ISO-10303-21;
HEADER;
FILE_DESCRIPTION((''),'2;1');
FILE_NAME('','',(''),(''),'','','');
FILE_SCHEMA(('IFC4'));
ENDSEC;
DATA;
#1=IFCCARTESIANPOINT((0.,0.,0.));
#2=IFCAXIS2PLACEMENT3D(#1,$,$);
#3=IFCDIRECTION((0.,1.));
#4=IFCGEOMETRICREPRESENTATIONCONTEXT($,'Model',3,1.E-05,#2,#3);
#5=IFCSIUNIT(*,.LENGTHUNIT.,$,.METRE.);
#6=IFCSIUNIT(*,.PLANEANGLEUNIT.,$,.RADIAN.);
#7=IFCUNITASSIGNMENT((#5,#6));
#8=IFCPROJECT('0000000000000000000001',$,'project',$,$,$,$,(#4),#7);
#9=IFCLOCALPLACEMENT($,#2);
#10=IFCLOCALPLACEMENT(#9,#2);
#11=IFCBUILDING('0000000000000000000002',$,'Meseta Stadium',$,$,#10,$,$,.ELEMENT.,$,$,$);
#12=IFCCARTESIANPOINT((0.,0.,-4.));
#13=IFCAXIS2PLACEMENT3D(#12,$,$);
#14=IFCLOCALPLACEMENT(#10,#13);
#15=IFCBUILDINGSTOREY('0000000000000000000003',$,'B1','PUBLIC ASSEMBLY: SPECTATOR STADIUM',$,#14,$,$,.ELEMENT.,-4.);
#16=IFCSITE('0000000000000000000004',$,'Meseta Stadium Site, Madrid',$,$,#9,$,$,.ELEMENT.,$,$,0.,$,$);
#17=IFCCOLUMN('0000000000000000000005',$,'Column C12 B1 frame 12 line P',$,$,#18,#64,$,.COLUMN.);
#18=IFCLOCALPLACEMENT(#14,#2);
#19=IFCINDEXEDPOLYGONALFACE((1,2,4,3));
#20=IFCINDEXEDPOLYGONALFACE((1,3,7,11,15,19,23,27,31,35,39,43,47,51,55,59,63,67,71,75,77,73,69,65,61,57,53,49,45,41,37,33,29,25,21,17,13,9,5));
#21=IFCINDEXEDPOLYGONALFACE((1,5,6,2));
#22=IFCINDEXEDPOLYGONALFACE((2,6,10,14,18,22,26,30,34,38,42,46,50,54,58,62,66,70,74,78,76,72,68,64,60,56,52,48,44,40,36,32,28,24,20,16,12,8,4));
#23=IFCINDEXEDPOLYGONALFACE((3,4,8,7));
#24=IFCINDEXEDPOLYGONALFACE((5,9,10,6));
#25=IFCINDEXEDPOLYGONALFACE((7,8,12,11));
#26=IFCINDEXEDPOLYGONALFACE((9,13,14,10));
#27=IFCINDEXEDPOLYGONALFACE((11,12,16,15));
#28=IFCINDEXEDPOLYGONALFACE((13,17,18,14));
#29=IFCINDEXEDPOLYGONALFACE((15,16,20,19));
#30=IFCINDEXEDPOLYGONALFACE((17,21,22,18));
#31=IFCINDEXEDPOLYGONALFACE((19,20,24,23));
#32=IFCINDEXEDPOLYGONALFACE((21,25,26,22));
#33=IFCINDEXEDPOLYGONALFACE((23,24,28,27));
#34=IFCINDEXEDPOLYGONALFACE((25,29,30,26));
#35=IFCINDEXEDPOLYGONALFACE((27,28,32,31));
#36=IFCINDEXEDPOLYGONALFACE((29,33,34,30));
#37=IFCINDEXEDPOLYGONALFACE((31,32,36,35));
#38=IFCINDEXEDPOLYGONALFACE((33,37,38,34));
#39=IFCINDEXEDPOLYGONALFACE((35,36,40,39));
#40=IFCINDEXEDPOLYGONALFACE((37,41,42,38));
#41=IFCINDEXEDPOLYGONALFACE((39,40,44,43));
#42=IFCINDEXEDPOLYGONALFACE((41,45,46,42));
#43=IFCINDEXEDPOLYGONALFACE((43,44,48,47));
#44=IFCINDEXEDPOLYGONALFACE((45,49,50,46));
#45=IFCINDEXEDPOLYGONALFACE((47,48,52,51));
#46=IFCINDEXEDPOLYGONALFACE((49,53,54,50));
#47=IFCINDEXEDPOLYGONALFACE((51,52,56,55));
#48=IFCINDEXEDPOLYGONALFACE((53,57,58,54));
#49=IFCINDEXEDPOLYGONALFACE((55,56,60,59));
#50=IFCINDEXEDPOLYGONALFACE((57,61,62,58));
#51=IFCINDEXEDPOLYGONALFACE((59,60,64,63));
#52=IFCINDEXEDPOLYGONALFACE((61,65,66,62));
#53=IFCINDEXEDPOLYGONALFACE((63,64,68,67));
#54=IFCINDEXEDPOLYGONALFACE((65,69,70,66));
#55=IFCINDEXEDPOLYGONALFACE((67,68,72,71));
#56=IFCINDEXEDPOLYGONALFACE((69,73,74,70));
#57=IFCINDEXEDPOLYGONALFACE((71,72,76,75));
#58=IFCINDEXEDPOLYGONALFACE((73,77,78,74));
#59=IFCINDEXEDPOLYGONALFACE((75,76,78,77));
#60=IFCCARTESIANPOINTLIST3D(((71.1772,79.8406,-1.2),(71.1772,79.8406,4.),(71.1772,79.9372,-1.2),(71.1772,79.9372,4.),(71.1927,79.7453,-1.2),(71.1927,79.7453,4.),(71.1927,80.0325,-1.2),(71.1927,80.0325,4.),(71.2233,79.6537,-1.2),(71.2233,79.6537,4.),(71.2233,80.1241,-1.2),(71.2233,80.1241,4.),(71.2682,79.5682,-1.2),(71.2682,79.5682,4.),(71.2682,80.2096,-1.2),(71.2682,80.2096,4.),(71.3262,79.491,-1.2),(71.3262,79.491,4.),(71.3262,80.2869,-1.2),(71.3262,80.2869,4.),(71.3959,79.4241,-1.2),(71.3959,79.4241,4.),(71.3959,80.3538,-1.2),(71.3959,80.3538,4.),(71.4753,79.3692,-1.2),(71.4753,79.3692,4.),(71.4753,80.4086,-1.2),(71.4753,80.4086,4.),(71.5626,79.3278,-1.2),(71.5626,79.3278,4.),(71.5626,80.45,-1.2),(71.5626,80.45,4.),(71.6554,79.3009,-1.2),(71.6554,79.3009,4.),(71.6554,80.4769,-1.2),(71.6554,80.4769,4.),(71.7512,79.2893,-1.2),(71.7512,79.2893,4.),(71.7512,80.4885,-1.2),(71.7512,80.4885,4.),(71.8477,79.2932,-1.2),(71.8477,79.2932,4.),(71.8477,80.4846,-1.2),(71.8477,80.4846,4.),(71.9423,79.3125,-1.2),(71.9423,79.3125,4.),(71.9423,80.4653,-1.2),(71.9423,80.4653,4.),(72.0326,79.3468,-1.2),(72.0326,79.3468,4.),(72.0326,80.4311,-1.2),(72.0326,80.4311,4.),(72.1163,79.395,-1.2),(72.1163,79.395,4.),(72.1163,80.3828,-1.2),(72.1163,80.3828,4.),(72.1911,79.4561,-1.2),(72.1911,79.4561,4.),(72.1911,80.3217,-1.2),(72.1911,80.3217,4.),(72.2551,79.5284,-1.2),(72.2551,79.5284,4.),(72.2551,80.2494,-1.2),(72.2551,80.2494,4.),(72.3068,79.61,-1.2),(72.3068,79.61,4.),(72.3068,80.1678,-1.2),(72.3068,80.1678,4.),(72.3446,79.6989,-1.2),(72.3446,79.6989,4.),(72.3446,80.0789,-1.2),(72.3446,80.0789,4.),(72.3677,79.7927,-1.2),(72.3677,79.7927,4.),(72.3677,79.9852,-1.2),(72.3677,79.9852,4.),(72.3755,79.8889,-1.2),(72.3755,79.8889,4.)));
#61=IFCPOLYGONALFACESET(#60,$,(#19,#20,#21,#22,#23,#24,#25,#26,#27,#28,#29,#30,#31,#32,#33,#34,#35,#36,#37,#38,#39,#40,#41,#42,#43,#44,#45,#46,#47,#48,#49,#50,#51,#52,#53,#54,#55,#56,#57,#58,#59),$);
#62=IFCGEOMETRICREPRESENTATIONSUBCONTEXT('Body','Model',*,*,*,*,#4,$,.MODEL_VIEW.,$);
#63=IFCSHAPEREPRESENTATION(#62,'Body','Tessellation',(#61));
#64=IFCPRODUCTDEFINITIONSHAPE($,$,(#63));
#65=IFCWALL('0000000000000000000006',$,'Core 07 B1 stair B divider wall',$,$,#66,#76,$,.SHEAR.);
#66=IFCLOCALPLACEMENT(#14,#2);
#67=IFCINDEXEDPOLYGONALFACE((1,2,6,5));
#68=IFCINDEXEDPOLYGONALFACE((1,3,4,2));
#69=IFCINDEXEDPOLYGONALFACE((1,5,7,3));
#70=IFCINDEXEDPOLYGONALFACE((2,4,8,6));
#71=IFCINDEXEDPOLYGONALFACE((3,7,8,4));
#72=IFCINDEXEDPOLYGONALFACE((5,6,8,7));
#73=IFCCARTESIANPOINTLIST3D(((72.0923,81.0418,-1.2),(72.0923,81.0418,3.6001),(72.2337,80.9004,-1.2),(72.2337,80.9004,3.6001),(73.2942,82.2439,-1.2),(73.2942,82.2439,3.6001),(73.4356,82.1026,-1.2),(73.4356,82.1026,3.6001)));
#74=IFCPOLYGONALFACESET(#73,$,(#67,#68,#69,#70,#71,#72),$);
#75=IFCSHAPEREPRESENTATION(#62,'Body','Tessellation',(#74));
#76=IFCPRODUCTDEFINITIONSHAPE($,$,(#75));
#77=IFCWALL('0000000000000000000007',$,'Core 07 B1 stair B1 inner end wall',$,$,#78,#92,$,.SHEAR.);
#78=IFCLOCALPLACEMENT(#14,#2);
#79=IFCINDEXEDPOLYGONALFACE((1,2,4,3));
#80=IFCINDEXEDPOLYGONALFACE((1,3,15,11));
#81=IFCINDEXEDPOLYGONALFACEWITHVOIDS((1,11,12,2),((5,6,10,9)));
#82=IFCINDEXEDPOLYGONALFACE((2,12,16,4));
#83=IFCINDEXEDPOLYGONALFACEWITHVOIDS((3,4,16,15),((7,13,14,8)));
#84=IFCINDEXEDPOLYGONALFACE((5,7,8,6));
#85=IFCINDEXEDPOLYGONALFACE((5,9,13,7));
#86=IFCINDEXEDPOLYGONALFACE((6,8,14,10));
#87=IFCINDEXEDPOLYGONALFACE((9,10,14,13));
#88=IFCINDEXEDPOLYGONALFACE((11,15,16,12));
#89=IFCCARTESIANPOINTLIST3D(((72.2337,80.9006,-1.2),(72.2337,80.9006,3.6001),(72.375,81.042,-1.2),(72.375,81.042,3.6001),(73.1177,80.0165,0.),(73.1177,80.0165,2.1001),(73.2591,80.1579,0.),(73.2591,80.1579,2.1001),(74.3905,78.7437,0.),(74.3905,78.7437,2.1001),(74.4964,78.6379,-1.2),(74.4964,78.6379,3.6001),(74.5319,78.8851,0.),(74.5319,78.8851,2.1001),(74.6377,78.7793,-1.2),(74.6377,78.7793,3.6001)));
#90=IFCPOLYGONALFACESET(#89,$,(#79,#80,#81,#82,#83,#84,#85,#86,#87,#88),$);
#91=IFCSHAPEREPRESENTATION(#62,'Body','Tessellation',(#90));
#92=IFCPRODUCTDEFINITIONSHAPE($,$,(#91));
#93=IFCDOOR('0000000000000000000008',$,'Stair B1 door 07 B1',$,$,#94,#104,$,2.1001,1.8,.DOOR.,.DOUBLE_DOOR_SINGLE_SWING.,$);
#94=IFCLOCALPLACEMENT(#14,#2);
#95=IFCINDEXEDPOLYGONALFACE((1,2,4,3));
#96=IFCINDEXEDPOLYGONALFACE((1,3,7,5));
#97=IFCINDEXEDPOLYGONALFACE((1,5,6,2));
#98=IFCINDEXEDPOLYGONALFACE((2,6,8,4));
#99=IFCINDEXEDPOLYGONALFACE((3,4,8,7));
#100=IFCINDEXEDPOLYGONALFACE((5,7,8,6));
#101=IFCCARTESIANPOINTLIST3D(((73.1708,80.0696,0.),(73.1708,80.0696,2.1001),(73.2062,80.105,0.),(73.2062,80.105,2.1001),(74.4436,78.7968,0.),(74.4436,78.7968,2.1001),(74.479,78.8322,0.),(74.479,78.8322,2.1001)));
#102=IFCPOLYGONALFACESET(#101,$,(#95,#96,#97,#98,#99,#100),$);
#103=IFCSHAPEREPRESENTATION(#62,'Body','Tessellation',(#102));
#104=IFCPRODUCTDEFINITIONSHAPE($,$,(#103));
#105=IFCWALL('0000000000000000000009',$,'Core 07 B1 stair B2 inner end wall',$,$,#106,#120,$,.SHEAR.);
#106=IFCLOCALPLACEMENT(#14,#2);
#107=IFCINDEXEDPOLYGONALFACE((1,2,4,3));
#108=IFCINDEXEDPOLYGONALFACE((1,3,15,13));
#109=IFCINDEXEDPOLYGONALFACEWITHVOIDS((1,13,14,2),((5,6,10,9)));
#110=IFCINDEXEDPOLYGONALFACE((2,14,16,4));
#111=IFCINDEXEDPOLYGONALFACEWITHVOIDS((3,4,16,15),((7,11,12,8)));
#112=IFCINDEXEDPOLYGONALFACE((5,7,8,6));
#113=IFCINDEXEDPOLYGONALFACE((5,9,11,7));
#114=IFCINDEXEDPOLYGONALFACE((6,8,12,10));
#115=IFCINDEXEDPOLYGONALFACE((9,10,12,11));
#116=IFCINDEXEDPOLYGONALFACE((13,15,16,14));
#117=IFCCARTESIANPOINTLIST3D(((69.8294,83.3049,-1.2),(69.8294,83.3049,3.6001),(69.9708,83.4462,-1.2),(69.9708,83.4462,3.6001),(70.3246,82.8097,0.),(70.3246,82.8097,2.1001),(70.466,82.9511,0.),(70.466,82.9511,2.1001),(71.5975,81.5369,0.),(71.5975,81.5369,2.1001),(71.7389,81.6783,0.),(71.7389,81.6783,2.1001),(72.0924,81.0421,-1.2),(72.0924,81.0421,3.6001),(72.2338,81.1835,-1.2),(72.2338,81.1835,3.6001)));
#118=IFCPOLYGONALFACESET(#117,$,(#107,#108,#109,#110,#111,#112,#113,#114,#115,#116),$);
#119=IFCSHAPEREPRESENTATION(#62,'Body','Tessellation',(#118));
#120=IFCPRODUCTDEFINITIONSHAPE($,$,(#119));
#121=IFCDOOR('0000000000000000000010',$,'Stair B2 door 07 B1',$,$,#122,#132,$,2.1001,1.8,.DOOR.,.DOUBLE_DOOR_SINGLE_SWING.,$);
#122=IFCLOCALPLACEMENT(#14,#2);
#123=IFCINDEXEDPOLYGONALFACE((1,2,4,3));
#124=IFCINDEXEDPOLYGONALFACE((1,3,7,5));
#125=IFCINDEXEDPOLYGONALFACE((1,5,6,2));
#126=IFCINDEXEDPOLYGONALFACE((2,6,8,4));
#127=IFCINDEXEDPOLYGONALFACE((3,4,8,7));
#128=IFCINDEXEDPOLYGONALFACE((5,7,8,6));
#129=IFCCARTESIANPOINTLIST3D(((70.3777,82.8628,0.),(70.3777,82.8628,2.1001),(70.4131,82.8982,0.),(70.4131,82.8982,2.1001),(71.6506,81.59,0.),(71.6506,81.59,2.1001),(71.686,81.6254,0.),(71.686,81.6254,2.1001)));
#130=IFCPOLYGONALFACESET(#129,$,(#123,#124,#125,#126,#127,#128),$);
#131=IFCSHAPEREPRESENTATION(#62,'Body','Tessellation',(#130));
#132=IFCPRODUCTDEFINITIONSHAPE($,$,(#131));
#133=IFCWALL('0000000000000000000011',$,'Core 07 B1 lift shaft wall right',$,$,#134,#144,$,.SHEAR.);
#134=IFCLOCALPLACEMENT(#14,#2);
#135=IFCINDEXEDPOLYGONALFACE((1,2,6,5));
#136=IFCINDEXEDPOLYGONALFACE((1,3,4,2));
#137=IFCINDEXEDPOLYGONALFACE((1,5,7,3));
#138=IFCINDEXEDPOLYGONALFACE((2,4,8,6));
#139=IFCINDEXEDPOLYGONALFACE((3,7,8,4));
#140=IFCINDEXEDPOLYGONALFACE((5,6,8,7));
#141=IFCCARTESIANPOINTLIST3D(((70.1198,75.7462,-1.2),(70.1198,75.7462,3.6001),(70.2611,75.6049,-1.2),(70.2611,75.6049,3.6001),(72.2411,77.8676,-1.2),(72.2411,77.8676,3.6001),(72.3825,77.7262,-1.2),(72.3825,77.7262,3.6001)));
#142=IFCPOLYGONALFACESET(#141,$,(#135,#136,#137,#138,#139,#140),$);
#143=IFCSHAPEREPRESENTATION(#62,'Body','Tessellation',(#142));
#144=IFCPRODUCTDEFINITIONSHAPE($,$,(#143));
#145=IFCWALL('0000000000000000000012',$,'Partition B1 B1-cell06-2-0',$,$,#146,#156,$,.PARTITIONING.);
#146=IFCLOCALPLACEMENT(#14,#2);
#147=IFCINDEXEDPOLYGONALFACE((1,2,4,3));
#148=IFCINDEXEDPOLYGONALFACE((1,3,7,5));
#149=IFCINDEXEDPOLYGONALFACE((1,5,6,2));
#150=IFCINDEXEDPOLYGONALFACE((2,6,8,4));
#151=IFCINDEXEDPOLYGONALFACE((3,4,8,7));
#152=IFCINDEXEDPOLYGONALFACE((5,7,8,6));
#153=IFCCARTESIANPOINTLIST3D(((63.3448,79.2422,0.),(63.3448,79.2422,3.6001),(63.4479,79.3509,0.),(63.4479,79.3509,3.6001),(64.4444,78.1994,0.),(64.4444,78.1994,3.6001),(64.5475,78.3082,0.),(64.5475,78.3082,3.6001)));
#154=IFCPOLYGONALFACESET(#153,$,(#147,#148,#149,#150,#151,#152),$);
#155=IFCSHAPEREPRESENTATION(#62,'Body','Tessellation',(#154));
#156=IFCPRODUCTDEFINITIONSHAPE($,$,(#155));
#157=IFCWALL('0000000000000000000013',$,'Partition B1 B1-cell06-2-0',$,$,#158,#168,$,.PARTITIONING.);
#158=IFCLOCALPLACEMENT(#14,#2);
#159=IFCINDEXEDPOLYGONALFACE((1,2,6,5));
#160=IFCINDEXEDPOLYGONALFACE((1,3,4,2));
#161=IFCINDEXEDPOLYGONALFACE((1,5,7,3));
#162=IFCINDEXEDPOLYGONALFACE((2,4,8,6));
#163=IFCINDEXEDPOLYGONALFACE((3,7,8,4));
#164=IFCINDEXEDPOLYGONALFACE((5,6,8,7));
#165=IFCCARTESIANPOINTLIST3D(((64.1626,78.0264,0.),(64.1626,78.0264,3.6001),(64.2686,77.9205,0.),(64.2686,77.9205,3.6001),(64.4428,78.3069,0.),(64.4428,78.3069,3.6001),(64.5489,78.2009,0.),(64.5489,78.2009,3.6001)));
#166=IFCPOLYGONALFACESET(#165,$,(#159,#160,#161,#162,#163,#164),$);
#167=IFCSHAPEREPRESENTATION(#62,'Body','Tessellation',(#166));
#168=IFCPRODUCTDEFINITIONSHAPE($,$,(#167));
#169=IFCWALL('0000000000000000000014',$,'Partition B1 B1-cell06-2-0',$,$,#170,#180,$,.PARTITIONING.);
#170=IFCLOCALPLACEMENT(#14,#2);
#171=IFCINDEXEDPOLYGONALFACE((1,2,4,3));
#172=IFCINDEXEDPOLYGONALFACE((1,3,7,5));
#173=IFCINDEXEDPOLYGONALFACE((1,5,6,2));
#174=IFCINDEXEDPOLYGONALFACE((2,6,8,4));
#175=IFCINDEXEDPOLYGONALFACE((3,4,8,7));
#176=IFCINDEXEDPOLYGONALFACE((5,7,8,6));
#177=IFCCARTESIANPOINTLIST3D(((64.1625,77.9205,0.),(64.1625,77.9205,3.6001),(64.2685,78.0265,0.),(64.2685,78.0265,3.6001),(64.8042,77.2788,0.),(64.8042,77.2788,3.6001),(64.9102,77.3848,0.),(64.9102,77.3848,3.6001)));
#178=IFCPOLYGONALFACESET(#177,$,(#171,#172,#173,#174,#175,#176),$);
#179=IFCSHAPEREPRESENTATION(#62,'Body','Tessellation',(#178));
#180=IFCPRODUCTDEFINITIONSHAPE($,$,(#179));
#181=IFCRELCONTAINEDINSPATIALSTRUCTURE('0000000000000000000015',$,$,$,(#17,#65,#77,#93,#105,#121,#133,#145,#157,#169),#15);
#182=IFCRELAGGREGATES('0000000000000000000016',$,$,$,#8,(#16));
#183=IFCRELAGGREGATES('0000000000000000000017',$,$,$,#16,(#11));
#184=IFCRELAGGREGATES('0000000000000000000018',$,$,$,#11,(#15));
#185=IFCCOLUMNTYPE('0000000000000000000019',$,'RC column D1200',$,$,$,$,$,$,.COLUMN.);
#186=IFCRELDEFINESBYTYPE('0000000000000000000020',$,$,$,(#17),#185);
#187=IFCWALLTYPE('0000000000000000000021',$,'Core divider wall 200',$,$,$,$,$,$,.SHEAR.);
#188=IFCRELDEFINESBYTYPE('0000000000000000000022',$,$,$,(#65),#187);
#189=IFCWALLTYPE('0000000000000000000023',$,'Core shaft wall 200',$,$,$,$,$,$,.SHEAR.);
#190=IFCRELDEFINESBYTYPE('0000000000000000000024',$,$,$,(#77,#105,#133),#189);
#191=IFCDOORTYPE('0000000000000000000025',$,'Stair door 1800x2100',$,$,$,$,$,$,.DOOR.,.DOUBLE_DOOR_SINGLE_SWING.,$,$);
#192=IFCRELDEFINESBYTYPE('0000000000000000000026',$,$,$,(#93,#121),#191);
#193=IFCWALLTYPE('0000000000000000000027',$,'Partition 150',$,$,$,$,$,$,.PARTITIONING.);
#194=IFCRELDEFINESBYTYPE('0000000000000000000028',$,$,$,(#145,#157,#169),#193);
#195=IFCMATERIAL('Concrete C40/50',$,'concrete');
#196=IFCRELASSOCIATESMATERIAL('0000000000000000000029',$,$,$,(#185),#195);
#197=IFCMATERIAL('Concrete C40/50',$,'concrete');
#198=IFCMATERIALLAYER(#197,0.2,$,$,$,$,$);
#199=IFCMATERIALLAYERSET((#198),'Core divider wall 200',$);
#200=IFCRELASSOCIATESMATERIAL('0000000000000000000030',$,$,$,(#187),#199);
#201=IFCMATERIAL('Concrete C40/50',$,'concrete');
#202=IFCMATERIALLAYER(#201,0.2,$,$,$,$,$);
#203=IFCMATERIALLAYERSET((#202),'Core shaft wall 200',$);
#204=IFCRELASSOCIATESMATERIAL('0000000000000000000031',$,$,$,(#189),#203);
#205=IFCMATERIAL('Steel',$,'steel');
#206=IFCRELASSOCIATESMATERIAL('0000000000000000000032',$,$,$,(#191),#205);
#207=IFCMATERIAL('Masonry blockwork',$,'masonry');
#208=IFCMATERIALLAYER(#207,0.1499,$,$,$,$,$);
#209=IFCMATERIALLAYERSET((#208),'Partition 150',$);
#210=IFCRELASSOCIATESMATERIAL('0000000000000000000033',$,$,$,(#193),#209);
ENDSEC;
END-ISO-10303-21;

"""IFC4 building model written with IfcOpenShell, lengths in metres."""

from ifc_helpers import new_model, si_unit, direction, frame, frame_2d, origin, origin_2d, place, context, subcontext, project, spatial, rectangle, circle, extrude, material, layer, layer_set, material_profile, profile_set, type_object, element, fill, save


model = new_model("IFC4")

# Units and contexts
model_context = context("Model", 3, precision=1e-05, world=origin(), true_north=direction((0.0, 1.0)))
body_context = subcontext(model_context, "Body", "Model", "MODEL_VIEW")
ifc_project = project(units=[si_unit("LENGTHUNIT", "METRE"), si_unit("PLANEANGLEUNIT", "RADIAN")], contexts=[model_context])

# Site, building, storey
site_placement = place(None, origin())
site = spatial("IfcSite", under=ifc_project, at=site_placement, Name="Meseta Stadium Site, Madrid", CompositionType="ELEMENT", RefElevation=0.0)
building_placement = place(site_placement, origin())
building = spatial("IfcBuilding", under=site, at=building_placement, Name="Meseta Stadium", CompositionType="ELEMENT")
storey_placement = place(building_placement, frame((0.0, 0.0, -4.0)))
storey = spatial("IfcBuildingStorey", under=building, at=storey_placement, Name="B1", Description="PUBLIC ASSEMBLY: SPECTATOR STADIUM", CompositionType="ELEMENT", Elevation=-4.0)

# Column
ifc_material_1 = material(Name="Concrete C40/50", Category="concrete")
ifc_material_profile = material_profile(ifc_material_1, circle(Radius=0.6001, at=origin_2d()), Name="RC D1200")
ifc_profile_set = profile_set([ifc_material_profile], Name="Concrete C40/50")
column_type = type_object("IfcColumnType", Name="RC column D1200", PredefinedType="COLUMN", material=ifc_profile_set)
column_placement = place(storey_placement, frame((71.7754, 79.8889, -1.2), z_axis=(0.0, 0.0, 1.0), x_axis=(1.0, 0.0, 0.0)))
element("IfcColumn", 1, at=column_placement, inside=storey, type_object=column_type, Name="Column C12 B1 frame 12 line P", PredefinedType="COLUMN", context=body_context, shape_type="SweptSolid", body=[
    extrude(circle(Radius=0.6001, at=origin_2d()), origin(), (0.0, 0.0, 1.0), 5.2),
])

# Wall
ifc_material_2 = material(Name="Concrete C40/50", Category="concrete")
ifc_layer_1 = layer(ifc_material_2, 0.2)
ifc_layer_set_1 = layer_set([ifc_layer_1], Name="Core divider wall 200")
wall_type_1 = type_object("IfcWallType", Name="Core divider wall 200", PredefinedType="SHEAR", material=ifc_layer_set_1)
wall_1_placement = place(storey_placement, frame((73.365, 82.1733, -1.2), z_axis=(0.0, 0.0, 1.0), x_axis=(-0.707035, -0.707179, 0.0)))
element("IfcWall", 2, at=wall_1_placement, inside=storey, type_object=wall_type_1, Name="Core 07 B1 stair B divider wall", PredefinedType="SHEAR", context=body_context, shape_type="SweptSolid", body=[
    extrude(rectangle(XDim=1.7, YDim=0.2, at=frame_2d((0.8501, 0.0))), origin(), (0.0, 0.0, 1.0), 4.8),
])

# Walls, openings, doors
ifc_material_3 = material(Name="Concrete C40/50", Category="concrete")
ifc_layer_2 = layer(ifc_material_3, 0.2)
ifc_layer_set_2 = layer_set([ifc_layer_2], Name="Core shaft wall 200")
wall_type_2 = type_object("IfcWallType", Name="Core shaft wall 200", PredefinedType="SHEAR", material=ifc_layer_set_2)
wall_2_placement = place(storey_placement, frame((74.5671, 78.7085, -1.2), z_axis=(0.0, 0.0, 1.0), x_axis=(-0.707107, 0.707107, 0.0)))
wall_2 = element("IfcWall", 3, at=wall_2_placement, inside=storey, type_object=wall_type_2, Name="Core 07 B1 stair B1 inner end wall", PredefinedType="SHEAR", context=body_context, shape_type="SweptSolid", body=[
    extrude(rectangle(XDim=3.2, YDim=0.2, at=frame_2d((1.6001, 0.0))), origin(), (0.0, 0.0, 1.0), 4.8),
])
opening_1_placement = place(wall_2_placement, frame((0.1499, 0.0, 1.2)))
opening_1 = element("IfcOpeningElement", 4, at=opening_1_placement, cuts=wall_2, PredefinedType="OPENING", context=body_context, shape_type="SweptSolid", body=[
    extrude(rectangle(XDim=1.8, YDim=2.1001, at=frame_2d((0.8999, 1.05))), frame((0.0, 0.1099, 0.0), z_axis=(0.0, -1.0, 0.0), x_axis=(1.0, 0.0, 0.0)), (0.0, 0.0, 1.0), 0.22),
])
ifc_material_4 = material(Name="Steel", Category="steel")
door_type_1 = type_object("IfcDoorType", Name="Stair door 1800x2100", OperationType="DOUBLE_DOOR_SINGLE_SWING", PredefinedType="DOOR", material=ifc_material_4)
door_1_placement = place(opening_1_placement, origin())
door_1 = element("IfcDoor", 5, at=door_1_placement, inside=storey, type_object=door_type_1, Name="Stair B1 door 07 B1", OperationType="DOUBLE_DOOR_SINGLE_SWING", OverallHeight=2.1001, OverallWidth=1.8, PredefinedType="DOOR", context=body_context, shape_type="SweptSolid", body=[
    extrude(rectangle(XDim=1.8, YDim=2.1001, at=frame_2d((0.8999, 1.05))), frame((0.0, 0.0249, 0.0), z_axis=(0.0, -1.0, 0.0), x_axis=(1.0, 0.0, 0.0)), (0.0, 0.0, 1.0), 0.05),
])
fill(opening_1, door_1)
wall_3_placement = place(storey_placement, frame((72.1631, 81.1128, -1.2), z_axis=(0.0, 0.0, 1.0), x_axis=(-0.707145, 0.707069, 0.0)))
wall_3 = element("IfcWall", 6, at=wall_3_placement, inside=storey, type_object=wall_type_2, Name="Core 07 B1 stair B2 inner end wall", PredefinedType="SHEAR", context=body_context, shape_type="SweptSolid", body=[
    extrude(rectangle(XDim=3.2002, YDim=0.2, at=frame_2d((1.6001, 0.0))), origin(), (0.0, 0.0, 1.0), 4.8),
])
opening_2_placement = place(wall_3_placement, frame((0.7, 0.0, 1.2)))
opening_2 = element("IfcOpeningElement", 7, at=opening_2_placement, cuts=wall_3, PredefinedType="OPENING", context=body_context, shape_type="SweptSolid", body=[
    extrude(rectangle(XDim=1.8, YDim=2.1001, at=frame_2d((0.8999, 1.05))), frame((0.0, 0.1099, 0.0), z_axis=(0.0, -1.0, 0.0), x_axis=(1.0, 0.0, 0.0)), (0.0, 0.0, 1.0), 0.22),
])
door_2_placement = place(opening_2_placement, origin())
door_2 = element("IfcDoor", 8, at=door_2_placement, inside=storey, type_object=door_type_1, Name="Stair B2 door 07 B1", OperationType="DOUBLE_DOOR_SINGLE_SWING", OverallHeight=2.1001, OverallWidth=1.8, PredefinedType="DOOR", context=body_context, shape_type="SweptSolid", body=[
    extrude(rectangle(XDim=1.8, YDim=2.1001, at=frame_2d((0.8999, 1.05))), frame((0.0, 0.0249, 0.0), z_axis=(0.0, -1.0, 0.0), x_axis=(1.0, 0.0, 0.0)), (0.0, 0.0, 1.0), 0.05),
])
fill(opening_2, door_2)

# Walls
wall_4_placement = place(storey_placement, frame((72.3118, 77.7969, -1.2), z_axis=(0.0, 0.0, 1.0), x_axis=(-0.707107, -0.707107, 0.0)))
element("IfcWall", 9, at=wall_4_placement, inside=storey, type_object=wall_type_2, Name="Core 07 B1 lift shaft wall right", PredefinedType="SHEAR", context=body_context, shape_type="SweptSolid", body=[
    extrude(rectangle(XDim=3.0, YDim=0.2, at=frame_2d((1.5, 0.0))), origin(), (0.0, 0.0, 1.0), 4.8),
])
ifc_material_5 = material(Name="Masonry blockwork", Category="masonry")
ifc_layer_3 = layer(ifc_material_5, 0.1499)
ifc_layer_set_3 = layer_set([ifc_layer_3], Name="Partition 150")
wall_type_3 = type_object("IfcWallType", Name="Partition 150", PredefinedType="PARTITIONING", material=ifc_layer_set_3)
wall_5_placement = place(storey_placement, frame((63.3962, 79.2966, 0.0), z_axis=(0.0, 0.0, 1.0), x_axis=(0.725627, -0.688089, 0.0)))
element("IfcWall", 10, at=wall_5_placement, inside=storey, type_object=wall_type_3, Name="Partition B1 B1-cell06-2-0", PredefinedType="PARTITIONING", context=body_context, shape_type="SweptSolid", body=[
    extrude(rectangle(XDim=1.5154, YDim=0.1499, at=frame_2d((0.7578, 0.0))), origin(), (0.0, 0.0, 1.0), 3.6001),
])
wall_6_placement = place(storey_placement, frame((64.4958, 78.2539, 0.0), z_axis=(0.0, 0.0, 1.0), x_axis=(-0.706799, -0.707415, 0.0)))
element("IfcWall", 11, at=wall_6_placement, inside=storey, type_object=wall_type_3, Name="Partition B1 B1-cell06-2-0", PredefinedType="PARTITIONING", context=body_context, shape_type="SweptSolid", body=[
    extrude(rectangle(XDim=0.3965, YDim=0.1499, at=frame_2d((0.1982, 0.0))), origin(), (0.0, 0.0, 1.0), 3.6001),
])
wall_7_placement = place(storey_placement, frame((64.2156, 77.9734, 0.0), z_axis=(0.0, 0.0, 1.0), x_axis=(0.707107, -0.707107, 0.0)))
element("IfcWall", 12, at=wall_7_placement, inside=storey, type_object=wall_type_3, Name="Partition B1 B1-cell06-2-0", PredefinedType="PARTITIONING", context=body_context, shape_type="SweptSolid", body=[
    extrude(rectangle(XDim=0.9075, YDim=0.1499, at=frame_2d((0.4536, 0.0))), origin(), (0.0, 0.0, 1.0), 3.6001),
])

save(model, "model.ifc")
